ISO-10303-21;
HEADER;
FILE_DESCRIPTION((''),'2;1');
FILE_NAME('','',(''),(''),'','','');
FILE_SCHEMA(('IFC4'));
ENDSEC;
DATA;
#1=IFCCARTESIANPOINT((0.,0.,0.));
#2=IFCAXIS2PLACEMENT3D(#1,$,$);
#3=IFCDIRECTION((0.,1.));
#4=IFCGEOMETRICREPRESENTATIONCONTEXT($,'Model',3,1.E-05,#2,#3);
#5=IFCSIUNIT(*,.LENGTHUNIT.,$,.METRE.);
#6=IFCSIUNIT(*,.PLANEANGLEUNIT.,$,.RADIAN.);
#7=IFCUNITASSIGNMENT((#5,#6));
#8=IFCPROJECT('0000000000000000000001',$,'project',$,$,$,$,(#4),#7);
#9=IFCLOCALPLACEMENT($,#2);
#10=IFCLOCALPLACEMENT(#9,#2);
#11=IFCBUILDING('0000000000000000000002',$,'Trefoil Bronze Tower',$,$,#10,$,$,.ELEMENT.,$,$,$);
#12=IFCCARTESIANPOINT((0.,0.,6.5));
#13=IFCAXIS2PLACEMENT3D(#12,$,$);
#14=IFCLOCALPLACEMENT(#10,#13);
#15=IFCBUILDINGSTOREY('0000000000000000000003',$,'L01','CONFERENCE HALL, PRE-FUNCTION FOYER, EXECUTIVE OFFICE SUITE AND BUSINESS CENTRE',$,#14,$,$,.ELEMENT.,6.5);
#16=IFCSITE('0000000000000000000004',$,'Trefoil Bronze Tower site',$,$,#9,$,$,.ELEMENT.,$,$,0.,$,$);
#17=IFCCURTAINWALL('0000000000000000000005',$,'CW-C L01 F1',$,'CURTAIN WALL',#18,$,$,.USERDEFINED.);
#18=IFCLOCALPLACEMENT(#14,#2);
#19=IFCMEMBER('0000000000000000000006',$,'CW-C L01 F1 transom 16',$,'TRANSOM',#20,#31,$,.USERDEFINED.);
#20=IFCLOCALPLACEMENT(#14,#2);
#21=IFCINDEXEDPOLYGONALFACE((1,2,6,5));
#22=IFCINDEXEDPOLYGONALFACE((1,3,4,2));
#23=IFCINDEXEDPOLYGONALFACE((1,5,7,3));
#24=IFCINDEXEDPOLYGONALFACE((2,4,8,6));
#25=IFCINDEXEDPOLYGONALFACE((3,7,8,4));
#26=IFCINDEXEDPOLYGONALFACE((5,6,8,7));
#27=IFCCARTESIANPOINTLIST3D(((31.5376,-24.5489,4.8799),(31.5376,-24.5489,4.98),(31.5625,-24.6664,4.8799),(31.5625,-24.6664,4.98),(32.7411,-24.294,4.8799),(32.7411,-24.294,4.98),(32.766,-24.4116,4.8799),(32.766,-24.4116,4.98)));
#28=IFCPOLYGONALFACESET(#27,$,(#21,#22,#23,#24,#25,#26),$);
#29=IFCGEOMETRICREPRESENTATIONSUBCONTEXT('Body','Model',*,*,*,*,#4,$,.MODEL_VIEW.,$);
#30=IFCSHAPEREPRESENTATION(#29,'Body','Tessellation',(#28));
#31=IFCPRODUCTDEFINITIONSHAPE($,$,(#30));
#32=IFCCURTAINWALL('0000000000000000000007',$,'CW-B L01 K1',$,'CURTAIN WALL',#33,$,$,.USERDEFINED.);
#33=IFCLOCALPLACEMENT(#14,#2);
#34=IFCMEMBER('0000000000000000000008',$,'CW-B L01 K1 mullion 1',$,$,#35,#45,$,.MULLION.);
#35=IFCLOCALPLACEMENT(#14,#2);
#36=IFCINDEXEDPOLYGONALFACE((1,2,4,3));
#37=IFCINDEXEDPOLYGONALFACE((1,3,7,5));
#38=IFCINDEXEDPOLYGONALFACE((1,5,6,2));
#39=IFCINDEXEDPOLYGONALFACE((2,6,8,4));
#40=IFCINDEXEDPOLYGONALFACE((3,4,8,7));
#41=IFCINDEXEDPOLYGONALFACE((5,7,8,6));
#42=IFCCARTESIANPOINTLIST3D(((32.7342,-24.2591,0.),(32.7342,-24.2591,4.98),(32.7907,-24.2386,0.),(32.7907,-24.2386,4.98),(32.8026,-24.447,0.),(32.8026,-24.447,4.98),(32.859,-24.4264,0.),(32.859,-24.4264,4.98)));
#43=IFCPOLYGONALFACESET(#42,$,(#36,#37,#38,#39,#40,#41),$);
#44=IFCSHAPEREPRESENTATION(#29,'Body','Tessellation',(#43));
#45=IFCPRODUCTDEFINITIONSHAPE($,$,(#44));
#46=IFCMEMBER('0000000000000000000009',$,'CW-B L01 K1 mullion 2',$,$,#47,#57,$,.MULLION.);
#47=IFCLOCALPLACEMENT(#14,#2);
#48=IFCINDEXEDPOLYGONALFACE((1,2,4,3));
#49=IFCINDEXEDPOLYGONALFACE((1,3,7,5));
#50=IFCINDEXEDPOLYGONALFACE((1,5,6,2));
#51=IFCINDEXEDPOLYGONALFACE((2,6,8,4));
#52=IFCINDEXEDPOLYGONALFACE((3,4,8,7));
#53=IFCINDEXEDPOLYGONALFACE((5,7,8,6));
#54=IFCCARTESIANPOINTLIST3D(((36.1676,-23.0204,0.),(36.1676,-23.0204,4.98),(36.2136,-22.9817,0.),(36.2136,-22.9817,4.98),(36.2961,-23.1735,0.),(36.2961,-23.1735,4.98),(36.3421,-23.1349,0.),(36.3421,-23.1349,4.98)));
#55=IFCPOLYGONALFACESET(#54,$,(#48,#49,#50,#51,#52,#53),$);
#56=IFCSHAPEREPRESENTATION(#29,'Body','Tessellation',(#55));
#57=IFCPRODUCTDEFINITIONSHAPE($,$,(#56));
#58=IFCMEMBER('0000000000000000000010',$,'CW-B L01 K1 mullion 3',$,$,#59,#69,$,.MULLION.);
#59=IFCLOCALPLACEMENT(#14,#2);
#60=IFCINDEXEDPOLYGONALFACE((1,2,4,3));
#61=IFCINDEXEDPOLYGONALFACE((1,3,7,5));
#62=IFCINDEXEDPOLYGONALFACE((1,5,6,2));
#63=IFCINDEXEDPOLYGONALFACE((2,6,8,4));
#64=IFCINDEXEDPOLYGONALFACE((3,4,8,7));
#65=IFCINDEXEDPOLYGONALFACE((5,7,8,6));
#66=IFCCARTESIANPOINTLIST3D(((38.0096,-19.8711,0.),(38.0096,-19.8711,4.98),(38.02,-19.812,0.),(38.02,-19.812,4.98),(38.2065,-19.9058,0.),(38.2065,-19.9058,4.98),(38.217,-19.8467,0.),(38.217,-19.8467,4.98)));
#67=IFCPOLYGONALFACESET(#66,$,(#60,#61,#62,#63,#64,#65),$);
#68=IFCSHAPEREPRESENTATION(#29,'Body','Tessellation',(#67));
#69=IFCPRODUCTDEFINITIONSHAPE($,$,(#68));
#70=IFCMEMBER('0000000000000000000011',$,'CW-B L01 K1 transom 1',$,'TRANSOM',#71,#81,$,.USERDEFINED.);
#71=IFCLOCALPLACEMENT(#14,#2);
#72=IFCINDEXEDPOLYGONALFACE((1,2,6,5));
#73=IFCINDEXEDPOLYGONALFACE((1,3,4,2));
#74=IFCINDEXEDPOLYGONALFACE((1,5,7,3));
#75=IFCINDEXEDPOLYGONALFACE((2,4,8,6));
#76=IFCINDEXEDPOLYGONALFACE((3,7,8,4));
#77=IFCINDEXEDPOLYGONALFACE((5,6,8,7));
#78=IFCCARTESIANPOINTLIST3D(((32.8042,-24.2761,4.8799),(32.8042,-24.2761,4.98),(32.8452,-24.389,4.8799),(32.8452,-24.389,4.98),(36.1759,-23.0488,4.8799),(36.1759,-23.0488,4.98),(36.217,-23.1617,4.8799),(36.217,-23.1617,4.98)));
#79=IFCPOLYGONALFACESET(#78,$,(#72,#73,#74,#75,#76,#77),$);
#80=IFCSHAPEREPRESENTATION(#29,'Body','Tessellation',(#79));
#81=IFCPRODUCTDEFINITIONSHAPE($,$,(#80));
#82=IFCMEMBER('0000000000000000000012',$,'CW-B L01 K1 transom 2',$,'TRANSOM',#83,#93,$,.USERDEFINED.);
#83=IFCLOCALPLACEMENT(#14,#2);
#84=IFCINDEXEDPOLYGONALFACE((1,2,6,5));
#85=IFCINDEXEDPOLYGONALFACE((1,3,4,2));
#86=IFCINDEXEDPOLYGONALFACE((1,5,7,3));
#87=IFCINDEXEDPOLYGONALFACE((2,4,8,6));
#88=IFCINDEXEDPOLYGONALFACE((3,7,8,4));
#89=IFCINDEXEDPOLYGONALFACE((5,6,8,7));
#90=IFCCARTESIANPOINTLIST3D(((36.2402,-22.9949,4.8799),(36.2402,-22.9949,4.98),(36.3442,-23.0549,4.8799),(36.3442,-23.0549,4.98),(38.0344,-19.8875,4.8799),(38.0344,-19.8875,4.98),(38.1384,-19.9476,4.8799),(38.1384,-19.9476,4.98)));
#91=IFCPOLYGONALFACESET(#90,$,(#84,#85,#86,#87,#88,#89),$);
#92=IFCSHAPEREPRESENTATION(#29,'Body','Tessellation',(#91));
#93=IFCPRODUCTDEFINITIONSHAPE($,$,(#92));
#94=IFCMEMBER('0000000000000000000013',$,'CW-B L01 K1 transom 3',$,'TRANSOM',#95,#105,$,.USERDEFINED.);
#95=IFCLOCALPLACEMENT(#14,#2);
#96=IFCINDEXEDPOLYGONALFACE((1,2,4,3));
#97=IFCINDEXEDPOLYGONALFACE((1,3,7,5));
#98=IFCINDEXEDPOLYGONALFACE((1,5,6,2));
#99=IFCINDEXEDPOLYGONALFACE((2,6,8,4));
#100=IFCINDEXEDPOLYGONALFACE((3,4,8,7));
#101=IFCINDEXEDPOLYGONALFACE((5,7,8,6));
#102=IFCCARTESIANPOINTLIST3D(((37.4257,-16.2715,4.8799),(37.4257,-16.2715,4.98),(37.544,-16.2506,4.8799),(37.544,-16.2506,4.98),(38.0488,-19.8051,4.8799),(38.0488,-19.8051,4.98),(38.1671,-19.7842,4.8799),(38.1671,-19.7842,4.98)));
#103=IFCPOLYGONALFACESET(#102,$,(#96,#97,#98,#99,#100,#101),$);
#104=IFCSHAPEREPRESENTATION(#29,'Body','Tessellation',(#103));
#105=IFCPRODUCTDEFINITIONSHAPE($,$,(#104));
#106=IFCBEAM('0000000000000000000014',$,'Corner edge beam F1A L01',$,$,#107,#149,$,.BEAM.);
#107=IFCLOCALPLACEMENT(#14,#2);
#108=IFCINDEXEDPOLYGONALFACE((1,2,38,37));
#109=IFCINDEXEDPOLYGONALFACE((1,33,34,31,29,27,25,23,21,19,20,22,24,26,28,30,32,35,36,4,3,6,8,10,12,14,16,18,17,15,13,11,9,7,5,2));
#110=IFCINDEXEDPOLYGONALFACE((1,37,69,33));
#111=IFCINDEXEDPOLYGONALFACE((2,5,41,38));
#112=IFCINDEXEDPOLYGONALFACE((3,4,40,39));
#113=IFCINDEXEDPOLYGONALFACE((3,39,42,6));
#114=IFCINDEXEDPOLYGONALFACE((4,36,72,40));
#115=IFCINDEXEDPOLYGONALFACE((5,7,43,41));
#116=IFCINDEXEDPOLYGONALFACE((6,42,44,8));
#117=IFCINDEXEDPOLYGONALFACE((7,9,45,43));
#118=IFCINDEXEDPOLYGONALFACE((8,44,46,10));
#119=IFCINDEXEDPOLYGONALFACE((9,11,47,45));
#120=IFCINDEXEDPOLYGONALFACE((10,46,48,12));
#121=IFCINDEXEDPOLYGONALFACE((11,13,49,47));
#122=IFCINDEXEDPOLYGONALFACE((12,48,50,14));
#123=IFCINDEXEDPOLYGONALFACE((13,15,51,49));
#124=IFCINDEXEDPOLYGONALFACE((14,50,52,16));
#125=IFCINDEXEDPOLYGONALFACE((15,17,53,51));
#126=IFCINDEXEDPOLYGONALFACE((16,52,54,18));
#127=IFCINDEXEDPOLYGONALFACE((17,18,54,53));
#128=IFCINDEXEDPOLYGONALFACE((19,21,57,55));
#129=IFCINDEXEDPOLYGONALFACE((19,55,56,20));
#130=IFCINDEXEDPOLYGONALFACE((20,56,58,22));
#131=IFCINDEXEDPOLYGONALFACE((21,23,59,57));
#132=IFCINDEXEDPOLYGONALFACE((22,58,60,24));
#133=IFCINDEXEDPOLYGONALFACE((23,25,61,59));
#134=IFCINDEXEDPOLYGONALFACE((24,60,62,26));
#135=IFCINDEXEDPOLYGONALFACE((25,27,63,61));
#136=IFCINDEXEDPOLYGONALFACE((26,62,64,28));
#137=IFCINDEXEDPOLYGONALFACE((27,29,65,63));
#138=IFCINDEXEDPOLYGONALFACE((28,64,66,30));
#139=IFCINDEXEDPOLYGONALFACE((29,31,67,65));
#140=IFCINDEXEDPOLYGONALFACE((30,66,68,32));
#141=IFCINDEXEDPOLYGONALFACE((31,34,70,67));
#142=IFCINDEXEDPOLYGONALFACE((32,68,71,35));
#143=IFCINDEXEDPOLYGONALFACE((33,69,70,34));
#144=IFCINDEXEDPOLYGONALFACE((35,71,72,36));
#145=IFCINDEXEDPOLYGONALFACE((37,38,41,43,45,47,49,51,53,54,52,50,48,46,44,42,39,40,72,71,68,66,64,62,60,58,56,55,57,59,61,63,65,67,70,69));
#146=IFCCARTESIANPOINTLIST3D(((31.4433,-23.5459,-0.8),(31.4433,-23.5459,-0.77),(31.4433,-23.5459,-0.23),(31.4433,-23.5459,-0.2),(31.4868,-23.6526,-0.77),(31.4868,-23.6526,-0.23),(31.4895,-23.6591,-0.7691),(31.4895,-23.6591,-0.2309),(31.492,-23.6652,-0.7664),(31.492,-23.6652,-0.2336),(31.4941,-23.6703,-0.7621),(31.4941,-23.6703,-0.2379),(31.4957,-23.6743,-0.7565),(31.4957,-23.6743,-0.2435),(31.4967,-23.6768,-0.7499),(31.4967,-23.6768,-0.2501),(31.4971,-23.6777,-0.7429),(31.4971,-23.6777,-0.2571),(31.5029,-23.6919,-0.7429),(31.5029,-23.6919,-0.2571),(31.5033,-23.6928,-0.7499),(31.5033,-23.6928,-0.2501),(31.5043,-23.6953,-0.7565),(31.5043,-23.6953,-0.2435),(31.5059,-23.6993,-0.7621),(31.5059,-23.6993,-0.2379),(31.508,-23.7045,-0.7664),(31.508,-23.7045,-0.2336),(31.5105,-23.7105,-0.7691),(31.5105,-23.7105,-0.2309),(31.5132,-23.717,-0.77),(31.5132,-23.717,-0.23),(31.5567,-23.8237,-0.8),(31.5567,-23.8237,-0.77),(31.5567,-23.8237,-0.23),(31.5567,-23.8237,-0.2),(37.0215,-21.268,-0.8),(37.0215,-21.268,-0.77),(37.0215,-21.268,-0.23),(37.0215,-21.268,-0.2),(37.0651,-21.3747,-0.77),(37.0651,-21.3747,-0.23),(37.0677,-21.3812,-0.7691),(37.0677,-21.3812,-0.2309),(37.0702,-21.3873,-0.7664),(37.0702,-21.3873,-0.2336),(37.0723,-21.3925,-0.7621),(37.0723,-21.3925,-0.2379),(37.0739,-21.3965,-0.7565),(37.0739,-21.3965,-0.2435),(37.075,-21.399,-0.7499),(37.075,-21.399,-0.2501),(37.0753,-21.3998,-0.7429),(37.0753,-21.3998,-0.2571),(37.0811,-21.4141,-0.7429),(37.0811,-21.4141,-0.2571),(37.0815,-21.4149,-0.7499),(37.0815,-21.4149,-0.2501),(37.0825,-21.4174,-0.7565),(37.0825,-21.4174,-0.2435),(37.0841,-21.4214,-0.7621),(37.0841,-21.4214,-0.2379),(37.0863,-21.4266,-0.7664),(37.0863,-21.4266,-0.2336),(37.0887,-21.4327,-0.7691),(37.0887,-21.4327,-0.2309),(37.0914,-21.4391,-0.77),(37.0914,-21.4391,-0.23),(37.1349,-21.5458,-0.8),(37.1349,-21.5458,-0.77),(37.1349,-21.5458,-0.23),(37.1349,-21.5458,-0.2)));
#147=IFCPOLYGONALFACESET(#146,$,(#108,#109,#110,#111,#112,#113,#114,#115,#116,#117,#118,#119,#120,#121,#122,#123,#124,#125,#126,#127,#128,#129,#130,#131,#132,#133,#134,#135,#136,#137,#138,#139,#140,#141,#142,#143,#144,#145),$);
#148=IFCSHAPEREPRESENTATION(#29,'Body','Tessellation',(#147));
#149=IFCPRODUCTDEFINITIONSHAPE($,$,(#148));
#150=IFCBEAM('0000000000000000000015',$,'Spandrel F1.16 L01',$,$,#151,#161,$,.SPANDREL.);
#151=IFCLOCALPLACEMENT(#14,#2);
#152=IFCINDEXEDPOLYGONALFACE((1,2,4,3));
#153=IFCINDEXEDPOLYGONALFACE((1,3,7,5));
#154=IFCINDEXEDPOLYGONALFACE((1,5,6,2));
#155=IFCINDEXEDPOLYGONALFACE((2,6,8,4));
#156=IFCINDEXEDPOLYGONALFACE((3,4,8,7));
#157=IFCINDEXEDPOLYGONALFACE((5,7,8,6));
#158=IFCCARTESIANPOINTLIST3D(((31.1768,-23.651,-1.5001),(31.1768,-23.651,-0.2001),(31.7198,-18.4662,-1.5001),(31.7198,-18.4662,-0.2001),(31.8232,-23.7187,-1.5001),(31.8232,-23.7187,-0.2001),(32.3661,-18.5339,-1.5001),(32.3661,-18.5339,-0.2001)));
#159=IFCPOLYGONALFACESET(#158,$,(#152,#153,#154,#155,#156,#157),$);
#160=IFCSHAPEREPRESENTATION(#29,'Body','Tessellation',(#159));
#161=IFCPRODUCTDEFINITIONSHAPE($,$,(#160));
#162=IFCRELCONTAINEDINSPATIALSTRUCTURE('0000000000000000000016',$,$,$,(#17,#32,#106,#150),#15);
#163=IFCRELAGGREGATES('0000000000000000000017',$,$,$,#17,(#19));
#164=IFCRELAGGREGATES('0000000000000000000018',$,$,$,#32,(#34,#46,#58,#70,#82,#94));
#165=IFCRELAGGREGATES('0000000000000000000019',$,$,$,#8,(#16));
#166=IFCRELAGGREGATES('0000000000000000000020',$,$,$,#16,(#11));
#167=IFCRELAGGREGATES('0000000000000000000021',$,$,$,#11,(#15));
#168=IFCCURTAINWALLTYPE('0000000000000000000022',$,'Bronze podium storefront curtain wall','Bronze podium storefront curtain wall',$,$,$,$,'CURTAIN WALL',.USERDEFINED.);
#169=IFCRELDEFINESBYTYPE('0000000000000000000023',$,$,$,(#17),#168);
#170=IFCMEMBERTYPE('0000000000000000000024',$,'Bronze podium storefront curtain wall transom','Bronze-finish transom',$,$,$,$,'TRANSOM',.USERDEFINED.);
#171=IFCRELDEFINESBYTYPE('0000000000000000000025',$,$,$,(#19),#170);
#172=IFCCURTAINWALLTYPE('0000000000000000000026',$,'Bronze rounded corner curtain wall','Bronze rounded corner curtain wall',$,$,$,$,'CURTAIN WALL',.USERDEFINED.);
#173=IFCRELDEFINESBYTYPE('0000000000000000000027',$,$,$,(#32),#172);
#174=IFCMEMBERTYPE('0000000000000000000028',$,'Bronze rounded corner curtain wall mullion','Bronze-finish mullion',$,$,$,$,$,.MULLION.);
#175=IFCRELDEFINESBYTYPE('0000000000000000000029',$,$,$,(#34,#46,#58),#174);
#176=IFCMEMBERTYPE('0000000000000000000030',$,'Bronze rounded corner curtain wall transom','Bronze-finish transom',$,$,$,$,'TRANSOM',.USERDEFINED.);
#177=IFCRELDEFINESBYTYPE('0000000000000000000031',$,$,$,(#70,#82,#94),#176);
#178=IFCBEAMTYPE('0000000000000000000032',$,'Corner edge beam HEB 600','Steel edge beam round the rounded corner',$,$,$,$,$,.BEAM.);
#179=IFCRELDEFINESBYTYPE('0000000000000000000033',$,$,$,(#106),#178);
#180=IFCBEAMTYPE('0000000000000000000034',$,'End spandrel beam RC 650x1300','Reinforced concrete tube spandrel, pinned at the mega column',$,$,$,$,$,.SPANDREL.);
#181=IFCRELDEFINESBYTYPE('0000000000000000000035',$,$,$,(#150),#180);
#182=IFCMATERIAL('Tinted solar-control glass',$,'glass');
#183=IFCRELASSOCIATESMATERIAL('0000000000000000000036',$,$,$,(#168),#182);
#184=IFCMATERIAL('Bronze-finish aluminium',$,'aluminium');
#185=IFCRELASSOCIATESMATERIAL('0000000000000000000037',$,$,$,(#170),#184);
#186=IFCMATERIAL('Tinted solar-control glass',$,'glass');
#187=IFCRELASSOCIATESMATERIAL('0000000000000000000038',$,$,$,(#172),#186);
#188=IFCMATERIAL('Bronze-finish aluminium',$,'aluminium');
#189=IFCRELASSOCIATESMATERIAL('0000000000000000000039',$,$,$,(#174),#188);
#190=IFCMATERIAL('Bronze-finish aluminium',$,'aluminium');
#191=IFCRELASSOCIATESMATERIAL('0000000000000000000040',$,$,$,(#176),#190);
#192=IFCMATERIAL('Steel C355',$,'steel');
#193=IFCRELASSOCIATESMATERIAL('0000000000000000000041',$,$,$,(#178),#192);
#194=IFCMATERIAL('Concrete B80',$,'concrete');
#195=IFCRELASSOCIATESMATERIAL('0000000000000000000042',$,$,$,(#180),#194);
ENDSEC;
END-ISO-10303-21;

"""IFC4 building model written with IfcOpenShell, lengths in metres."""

from ifc_helpers import new_model, si_unit, direction, frame, origin, origin_2d, place, context, subcontext, project, spatial, rectangle, i_section, extrude, material, material_profile, profile_set, type_object, element, aggregate, save


model = new_model("IFC4")

# Units and contexts
model_context = context("Model", 3, precision=1e-05, world=origin(), true_north=direction((0.0, 1.0)))
body_context = subcontext(model_context, "Body", "Model", "MODEL_VIEW")
ifc_project = project(units=[si_unit("LENGTHUNIT", "METRE"), si_unit("PLANEANGLEUNIT", "RADIAN")], contexts=[model_context])

# Site, building, storey
site_placement = place(None, origin())
site = spatial("IfcSite", under=ifc_project, at=site_placement, Name="Trefoil Bronze Tower site", CompositionType="ELEMENT", RefElevation=0.0)
building_placement = place(site_placement, origin())
building = spatial("IfcBuilding", under=site, at=building_placement, Name="Trefoil Bronze Tower", CompositionType="ELEMENT")
storey_placement = place(building_placement, frame((0.0, 0.0, 6.5)))
storey = spatial("IfcBuildingStorey", under=building, at=storey_placement, Name="L01", Description="CONFERENCE HALL, PRE-FUNCTION FOYER, EXECUTIVE OFFICE SUITE AND BUSINESS CENTRE", CompositionType="ELEMENT", Elevation=6.5)

# Curtain walls, members
ifc_material_1 = material(Name="Tinted solar-control glass", Category="glass")
curtain_wall_type_1 = type_object("IfcCurtainWallType", Name="Bronze podium storefront curtain wall", Description="Bronze podium storefront curtain wall", ElementType="CURTAIN WALL", PredefinedType="USERDEFINED", material=ifc_material_1)
curtain_wall_1_placement = place(storey_placement, origin())
curtain_wall_1 = element("IfcCurtainWall", 1, at=curtain_wall_1_placement, inside=storey, type_object=curtain_wall_type_1, Name="CW-C L01 F1", ObjectType="CURTAIN WALL", PredefinedType="USERDEFINED")
ifc_material_2 = material(Name="Bronze-finish aluminium", Category="aluminium")
ifc_material_profile_1 = material_profile(ifc_material_2, rectangle(XDim=0.1201, YDim=0.1001, at=origin_2d()), Name="CW-C transom")
ifc_profile_set_1 = profile_set([ifc_material_profile_1], Name="Bronze-finish aluminium")
member_type_1 = type_object("IfcMemberType", Name="Bronze podium storefront curtain wall transom", Description="Bronze-finish transom", ElementType="TRANSOM", PredefinedType="USERDEFINED", material=ifc_profile_set_1)
member_1_placement = place(storey_placement, frame((31.55, -24.6077, 4.9299), z_axis=(0.978305, 0.20717, 0.0), x_axis=(-0.20717, 0.978305, 0.0)))
member_1 = element("IfcMember", 2, at=member_1_placement, type_object=member_type_1, Name="CW-C L01 F1 transom 16", ObjectType="TRANSOM", PredefinedType="USERDEFINED", context=body_context, shape_type="SweptSolid", body=[
    extrude(rectangle(XDim=0.1201, YDim=0.1001, at=origin_2d()), origin(), (0.0, 0.0, 1.0), 1.2302),
])
ifc_material_3 = material(Name="Tinted solar-control glass", Category="glass")
curtain_wall_type_2 = type_object("IfcCurtainWallType", Name="Bronze rounded corner curtain wall", Description="Bronze rounded corner curtain wall", ElementType="CURTAIN WALL", PredefinedType="USERDEFINED", material=ifc_material_3)
curtain_wall_2_placement = place(storey_placement, origin())
curtain_wall_2 = element("IfcCurtainWall", 3, at=curtain_wall_2_placement, inside=storey, type_object=curtain_wall_type_2, Name="CW-B L01 K1", ObjectType="CURTAIN WALL", PredefinedType="USERDEFINED")
ifc_material_4 = material(Name="Bronze-finish aluminium", Category="aluminium")
ifc_material_profile_2 = material_profile(ifc_material_4, rectangle(XDim=0.2, YDim=0.0601, at=origin_2d()), Name="CW-B mullion")
ifc_profile_set_2 = profile_set([ifc_material_profile_2], Name="Bronze-finish aluminium")
member_type_2 = type_object("IfcMemberType", Name="Bronze rounded corner curtain wall mullion", Description="Bronze-finish mullion", PredefinedType="MULLION", material=ifc_profile_set_2)
member_2_placement = place(storey_placement, frame((32.7966, -24.3428, 0.0), z_axis=(0.0, 0.0, 1.0), x_axis=(-0.34202, 0.939693, 0.0)))
member_2 = element("IfcMember", 4, at=member_2_placement, type_object=member_type_2, Name="CW-B L01 K1 mullion 1", PredefinedType="MULLION", context=body_context, shape_type="SweptSolid", body=[
    extrude(rectangle(XDim=0.2, YDim=0.0601, at=origin_2d()), origin(), (0.0, 0.0, 1.0), 4.98),
])
member_3_placement = place(storey_placement, frame((36.2549, -23.0776, 0.0), z_axis=(0.0, 0.0, 1.0), x_axis=(-0.642788, 0.766044, 0.0)))
member_3 = element("IfcMember", 5, at=member_3_placement, type_object=member_type_2, Name="CW-B L01 K1 mullion 2", PredefinedType="MULLION", context=body_context, shape_type="SweptSolid", body=[
    extrude(rectangle(XDim=0.2, YDim=0.0601, at=origin_2d()), origin(), (0.0, 0.0, 1.0), 4.98),
])
member_4_placement = place(storey_placement, frame((38.1133, -19.8589, 0.0), z_axis=(0.0, 0.0, 1.0), x_axis=(-0.984808, 0.173648, 0.0)))
member_4 = element("IfcMember", 6, at=member_4_placement, type_object=member_type_2, Name="CW-B L01 K1 mullion 3", PredefinedType="MULLION", context=body_context, shape_type="SweptSolid", body=[
    extrude(rectangle(XDim=0.2, YDim=0.0601, at=origin_2d()), origin(), (0.0, 0.0, 1.0), 4.98),
])
ifc_material_5 = material(Name="Bronze-finish aluminium", Category="aluminium")
ifc_material_profile_3 = material_profile(ifc_material_5, rectangle(XDim=0.1201, YDim=0.1001, at=origin_2d()), Name="CW-B transom")
ifc_profile_set_3 = profile_set([ifc_material_profile_3], Name="Bronze-finish aluminium")
member_type_3 = type_object("IfcMemberType", Name="Bronze rounded corner curtain wall transom", Description="Bronze-finish transom", ElementType="TRANSOM", PredefinedType="USERDEFINED", material=ifc_profile_set_3)
member_5_placement = place(storey_placement, frame((32.8247, -24.3325, 4.9299), z_axis=(0.939688, 0.342033, 0.0), x_axis=(-0.342033, 0.939688, 0.0)))
member_5 = element("IfcMember", 7, at=member_5_placement, type_object=member_type_3, Name="CW-B L01 K1 transom 1", ObjectType="TRANSOM", PredefinedType="USERDEFINED", context=body_context, shape_type="SweptSolid", body=[
    extrude(rectangle(XDim=0.1201, YDim=0.1001, at=origin_2d()), origin(), (0.0, 0.0, 1.0), 3.5881),
])
member_6_placement = place(storey_placement, frame((36.2922, -23.0249, 4.9299), z_axis=(0.500025, 0.866011, 0.0), x_axis=(-0.866011, 0.500025, 0.0)))
member_6 = element("IfcMember", 8, at=member_6_placement, type_object=member_type_3, Name="CW-B L01 K1 transom 2", ObjectType="TRANSOM", PredefinedType="USERDEFINED", context=body_context, shape_type="SweptSolid", body=[
    extrude(rectangle(XDim=0.1201, YDim=0.1001, at=origin_2d()), origin(), (0.0, 0.0, 1.0), 3.5881),
])
member_7_placement = place(storey_placement, frame((38.1079, -19.7947, 4.9299), z_axis=(-0.173638, 0.98481, 0.0), x_axis=(-0.98481, -0.173638, 0.0)))
member_7 = element("IfcMember", 9, at=member_7_placement, type_object=member_type_3, Name="CW-B L01 K1 transom 3", ObjectType="TRANSOM", PredefinedType="USERDEFINED", context=body_context, shape_type="SweptSolid", body=[
    extrude(rectangle(XDim=0.1201, YDim=0.1001, at=origin_2d()), origin(), (0.0, 0.0, 1.0), 3.5881),
])

# Beams
ifc_material_6 = material(Name="Steel C355", Category="steel")
ifc_material_profile_4 = material_profile(ifc_material_6, i_section(OverallWidth=0.3, OverallDepth=0.6001, WebThickness=0.0154, FlangeThickness=0.03, FilletRadius=0.0271, at=origin_2d()), Name="HEB 600")
ifc_profile_set_4 = profile_set([ifc_material_profile_4], Name="Steel C355")
beam_type_1 = type_object("IfcBeamType", Name="Corner edge beam HEB 600", Description="Steel edge beam round the rounded corner", PredefinedType="BEAM", material=ifc_profile_set_4)
beam_1_placement = place(storey_placement, frame((31.5, -23.6848, -0.5), z_axis=(0.925787, 0.378046, 0.0), x_axis=(-0.378046, 0.925787, 0.0)))
element("IfcBeam", 10, at=beam_1_placement, inside=storey, type_object=beam_type_1, Name="Corner edge beam F1A L01", PredefinedType="BEAM", context=body_context, shape_type="SweptSolid", body=[
    extrude(i_section(OverallWidth=0.3, OverallDepth=0.6001, WebThickness=0.0154, FlangeThickness=0.03, FilletRadius=0.0271, at=origin_2d()), origin(), (0.0, 0.0, 1.0), 6.0254),
])
ifc_material_7 = material(Name="Concrete B80", Category="concrete")
ifc_material_profile_5 = material_profile(ifc_material_7, rectangle(XDim=0.6499, YDim=1.3, at=origin_2d()), Name="RC 650x1300")
ifc_profile_set_5 = profile_set([ifc_material_profile_5], Name="Concrete B80")
beam_type_2 = type_object("IfcBeamType", Name="End spandrel beam RC 650x1300", Description="Reinforced concrete tube spandrel, pinned at the mega column", PredefinedType="SPANDREL", material=ifc_profile_set_5)
beam_2_placement = place(storey_placement, frame((31.5, -23.6848, -0.8501), z_axis=(0.104153, 0.994561, 0.0), x_axis=(-0.994561, 0.104153, 0.0)))
element("IfcBeam", 11, at=beam_2_placement, inside=storey, type_object=beam_type_2, Name="Spandrel F1.16 L01", PredefinedType="SPANDREL", context=body_context, shape_type="SweptSolid", body=[
    extrude(rectangle(XDim=0.6499, YDim=1.3, at=origin_2d()), origin(), (0.0, 0.0, 1.0), 5.2131),
])

aggregate(curtain_wall_1, [member_1])
aggregate(curtain_wall_2, [member_2, member_3, member_4, member_5, member_6, member_7])

save(model, "model.ifc")
